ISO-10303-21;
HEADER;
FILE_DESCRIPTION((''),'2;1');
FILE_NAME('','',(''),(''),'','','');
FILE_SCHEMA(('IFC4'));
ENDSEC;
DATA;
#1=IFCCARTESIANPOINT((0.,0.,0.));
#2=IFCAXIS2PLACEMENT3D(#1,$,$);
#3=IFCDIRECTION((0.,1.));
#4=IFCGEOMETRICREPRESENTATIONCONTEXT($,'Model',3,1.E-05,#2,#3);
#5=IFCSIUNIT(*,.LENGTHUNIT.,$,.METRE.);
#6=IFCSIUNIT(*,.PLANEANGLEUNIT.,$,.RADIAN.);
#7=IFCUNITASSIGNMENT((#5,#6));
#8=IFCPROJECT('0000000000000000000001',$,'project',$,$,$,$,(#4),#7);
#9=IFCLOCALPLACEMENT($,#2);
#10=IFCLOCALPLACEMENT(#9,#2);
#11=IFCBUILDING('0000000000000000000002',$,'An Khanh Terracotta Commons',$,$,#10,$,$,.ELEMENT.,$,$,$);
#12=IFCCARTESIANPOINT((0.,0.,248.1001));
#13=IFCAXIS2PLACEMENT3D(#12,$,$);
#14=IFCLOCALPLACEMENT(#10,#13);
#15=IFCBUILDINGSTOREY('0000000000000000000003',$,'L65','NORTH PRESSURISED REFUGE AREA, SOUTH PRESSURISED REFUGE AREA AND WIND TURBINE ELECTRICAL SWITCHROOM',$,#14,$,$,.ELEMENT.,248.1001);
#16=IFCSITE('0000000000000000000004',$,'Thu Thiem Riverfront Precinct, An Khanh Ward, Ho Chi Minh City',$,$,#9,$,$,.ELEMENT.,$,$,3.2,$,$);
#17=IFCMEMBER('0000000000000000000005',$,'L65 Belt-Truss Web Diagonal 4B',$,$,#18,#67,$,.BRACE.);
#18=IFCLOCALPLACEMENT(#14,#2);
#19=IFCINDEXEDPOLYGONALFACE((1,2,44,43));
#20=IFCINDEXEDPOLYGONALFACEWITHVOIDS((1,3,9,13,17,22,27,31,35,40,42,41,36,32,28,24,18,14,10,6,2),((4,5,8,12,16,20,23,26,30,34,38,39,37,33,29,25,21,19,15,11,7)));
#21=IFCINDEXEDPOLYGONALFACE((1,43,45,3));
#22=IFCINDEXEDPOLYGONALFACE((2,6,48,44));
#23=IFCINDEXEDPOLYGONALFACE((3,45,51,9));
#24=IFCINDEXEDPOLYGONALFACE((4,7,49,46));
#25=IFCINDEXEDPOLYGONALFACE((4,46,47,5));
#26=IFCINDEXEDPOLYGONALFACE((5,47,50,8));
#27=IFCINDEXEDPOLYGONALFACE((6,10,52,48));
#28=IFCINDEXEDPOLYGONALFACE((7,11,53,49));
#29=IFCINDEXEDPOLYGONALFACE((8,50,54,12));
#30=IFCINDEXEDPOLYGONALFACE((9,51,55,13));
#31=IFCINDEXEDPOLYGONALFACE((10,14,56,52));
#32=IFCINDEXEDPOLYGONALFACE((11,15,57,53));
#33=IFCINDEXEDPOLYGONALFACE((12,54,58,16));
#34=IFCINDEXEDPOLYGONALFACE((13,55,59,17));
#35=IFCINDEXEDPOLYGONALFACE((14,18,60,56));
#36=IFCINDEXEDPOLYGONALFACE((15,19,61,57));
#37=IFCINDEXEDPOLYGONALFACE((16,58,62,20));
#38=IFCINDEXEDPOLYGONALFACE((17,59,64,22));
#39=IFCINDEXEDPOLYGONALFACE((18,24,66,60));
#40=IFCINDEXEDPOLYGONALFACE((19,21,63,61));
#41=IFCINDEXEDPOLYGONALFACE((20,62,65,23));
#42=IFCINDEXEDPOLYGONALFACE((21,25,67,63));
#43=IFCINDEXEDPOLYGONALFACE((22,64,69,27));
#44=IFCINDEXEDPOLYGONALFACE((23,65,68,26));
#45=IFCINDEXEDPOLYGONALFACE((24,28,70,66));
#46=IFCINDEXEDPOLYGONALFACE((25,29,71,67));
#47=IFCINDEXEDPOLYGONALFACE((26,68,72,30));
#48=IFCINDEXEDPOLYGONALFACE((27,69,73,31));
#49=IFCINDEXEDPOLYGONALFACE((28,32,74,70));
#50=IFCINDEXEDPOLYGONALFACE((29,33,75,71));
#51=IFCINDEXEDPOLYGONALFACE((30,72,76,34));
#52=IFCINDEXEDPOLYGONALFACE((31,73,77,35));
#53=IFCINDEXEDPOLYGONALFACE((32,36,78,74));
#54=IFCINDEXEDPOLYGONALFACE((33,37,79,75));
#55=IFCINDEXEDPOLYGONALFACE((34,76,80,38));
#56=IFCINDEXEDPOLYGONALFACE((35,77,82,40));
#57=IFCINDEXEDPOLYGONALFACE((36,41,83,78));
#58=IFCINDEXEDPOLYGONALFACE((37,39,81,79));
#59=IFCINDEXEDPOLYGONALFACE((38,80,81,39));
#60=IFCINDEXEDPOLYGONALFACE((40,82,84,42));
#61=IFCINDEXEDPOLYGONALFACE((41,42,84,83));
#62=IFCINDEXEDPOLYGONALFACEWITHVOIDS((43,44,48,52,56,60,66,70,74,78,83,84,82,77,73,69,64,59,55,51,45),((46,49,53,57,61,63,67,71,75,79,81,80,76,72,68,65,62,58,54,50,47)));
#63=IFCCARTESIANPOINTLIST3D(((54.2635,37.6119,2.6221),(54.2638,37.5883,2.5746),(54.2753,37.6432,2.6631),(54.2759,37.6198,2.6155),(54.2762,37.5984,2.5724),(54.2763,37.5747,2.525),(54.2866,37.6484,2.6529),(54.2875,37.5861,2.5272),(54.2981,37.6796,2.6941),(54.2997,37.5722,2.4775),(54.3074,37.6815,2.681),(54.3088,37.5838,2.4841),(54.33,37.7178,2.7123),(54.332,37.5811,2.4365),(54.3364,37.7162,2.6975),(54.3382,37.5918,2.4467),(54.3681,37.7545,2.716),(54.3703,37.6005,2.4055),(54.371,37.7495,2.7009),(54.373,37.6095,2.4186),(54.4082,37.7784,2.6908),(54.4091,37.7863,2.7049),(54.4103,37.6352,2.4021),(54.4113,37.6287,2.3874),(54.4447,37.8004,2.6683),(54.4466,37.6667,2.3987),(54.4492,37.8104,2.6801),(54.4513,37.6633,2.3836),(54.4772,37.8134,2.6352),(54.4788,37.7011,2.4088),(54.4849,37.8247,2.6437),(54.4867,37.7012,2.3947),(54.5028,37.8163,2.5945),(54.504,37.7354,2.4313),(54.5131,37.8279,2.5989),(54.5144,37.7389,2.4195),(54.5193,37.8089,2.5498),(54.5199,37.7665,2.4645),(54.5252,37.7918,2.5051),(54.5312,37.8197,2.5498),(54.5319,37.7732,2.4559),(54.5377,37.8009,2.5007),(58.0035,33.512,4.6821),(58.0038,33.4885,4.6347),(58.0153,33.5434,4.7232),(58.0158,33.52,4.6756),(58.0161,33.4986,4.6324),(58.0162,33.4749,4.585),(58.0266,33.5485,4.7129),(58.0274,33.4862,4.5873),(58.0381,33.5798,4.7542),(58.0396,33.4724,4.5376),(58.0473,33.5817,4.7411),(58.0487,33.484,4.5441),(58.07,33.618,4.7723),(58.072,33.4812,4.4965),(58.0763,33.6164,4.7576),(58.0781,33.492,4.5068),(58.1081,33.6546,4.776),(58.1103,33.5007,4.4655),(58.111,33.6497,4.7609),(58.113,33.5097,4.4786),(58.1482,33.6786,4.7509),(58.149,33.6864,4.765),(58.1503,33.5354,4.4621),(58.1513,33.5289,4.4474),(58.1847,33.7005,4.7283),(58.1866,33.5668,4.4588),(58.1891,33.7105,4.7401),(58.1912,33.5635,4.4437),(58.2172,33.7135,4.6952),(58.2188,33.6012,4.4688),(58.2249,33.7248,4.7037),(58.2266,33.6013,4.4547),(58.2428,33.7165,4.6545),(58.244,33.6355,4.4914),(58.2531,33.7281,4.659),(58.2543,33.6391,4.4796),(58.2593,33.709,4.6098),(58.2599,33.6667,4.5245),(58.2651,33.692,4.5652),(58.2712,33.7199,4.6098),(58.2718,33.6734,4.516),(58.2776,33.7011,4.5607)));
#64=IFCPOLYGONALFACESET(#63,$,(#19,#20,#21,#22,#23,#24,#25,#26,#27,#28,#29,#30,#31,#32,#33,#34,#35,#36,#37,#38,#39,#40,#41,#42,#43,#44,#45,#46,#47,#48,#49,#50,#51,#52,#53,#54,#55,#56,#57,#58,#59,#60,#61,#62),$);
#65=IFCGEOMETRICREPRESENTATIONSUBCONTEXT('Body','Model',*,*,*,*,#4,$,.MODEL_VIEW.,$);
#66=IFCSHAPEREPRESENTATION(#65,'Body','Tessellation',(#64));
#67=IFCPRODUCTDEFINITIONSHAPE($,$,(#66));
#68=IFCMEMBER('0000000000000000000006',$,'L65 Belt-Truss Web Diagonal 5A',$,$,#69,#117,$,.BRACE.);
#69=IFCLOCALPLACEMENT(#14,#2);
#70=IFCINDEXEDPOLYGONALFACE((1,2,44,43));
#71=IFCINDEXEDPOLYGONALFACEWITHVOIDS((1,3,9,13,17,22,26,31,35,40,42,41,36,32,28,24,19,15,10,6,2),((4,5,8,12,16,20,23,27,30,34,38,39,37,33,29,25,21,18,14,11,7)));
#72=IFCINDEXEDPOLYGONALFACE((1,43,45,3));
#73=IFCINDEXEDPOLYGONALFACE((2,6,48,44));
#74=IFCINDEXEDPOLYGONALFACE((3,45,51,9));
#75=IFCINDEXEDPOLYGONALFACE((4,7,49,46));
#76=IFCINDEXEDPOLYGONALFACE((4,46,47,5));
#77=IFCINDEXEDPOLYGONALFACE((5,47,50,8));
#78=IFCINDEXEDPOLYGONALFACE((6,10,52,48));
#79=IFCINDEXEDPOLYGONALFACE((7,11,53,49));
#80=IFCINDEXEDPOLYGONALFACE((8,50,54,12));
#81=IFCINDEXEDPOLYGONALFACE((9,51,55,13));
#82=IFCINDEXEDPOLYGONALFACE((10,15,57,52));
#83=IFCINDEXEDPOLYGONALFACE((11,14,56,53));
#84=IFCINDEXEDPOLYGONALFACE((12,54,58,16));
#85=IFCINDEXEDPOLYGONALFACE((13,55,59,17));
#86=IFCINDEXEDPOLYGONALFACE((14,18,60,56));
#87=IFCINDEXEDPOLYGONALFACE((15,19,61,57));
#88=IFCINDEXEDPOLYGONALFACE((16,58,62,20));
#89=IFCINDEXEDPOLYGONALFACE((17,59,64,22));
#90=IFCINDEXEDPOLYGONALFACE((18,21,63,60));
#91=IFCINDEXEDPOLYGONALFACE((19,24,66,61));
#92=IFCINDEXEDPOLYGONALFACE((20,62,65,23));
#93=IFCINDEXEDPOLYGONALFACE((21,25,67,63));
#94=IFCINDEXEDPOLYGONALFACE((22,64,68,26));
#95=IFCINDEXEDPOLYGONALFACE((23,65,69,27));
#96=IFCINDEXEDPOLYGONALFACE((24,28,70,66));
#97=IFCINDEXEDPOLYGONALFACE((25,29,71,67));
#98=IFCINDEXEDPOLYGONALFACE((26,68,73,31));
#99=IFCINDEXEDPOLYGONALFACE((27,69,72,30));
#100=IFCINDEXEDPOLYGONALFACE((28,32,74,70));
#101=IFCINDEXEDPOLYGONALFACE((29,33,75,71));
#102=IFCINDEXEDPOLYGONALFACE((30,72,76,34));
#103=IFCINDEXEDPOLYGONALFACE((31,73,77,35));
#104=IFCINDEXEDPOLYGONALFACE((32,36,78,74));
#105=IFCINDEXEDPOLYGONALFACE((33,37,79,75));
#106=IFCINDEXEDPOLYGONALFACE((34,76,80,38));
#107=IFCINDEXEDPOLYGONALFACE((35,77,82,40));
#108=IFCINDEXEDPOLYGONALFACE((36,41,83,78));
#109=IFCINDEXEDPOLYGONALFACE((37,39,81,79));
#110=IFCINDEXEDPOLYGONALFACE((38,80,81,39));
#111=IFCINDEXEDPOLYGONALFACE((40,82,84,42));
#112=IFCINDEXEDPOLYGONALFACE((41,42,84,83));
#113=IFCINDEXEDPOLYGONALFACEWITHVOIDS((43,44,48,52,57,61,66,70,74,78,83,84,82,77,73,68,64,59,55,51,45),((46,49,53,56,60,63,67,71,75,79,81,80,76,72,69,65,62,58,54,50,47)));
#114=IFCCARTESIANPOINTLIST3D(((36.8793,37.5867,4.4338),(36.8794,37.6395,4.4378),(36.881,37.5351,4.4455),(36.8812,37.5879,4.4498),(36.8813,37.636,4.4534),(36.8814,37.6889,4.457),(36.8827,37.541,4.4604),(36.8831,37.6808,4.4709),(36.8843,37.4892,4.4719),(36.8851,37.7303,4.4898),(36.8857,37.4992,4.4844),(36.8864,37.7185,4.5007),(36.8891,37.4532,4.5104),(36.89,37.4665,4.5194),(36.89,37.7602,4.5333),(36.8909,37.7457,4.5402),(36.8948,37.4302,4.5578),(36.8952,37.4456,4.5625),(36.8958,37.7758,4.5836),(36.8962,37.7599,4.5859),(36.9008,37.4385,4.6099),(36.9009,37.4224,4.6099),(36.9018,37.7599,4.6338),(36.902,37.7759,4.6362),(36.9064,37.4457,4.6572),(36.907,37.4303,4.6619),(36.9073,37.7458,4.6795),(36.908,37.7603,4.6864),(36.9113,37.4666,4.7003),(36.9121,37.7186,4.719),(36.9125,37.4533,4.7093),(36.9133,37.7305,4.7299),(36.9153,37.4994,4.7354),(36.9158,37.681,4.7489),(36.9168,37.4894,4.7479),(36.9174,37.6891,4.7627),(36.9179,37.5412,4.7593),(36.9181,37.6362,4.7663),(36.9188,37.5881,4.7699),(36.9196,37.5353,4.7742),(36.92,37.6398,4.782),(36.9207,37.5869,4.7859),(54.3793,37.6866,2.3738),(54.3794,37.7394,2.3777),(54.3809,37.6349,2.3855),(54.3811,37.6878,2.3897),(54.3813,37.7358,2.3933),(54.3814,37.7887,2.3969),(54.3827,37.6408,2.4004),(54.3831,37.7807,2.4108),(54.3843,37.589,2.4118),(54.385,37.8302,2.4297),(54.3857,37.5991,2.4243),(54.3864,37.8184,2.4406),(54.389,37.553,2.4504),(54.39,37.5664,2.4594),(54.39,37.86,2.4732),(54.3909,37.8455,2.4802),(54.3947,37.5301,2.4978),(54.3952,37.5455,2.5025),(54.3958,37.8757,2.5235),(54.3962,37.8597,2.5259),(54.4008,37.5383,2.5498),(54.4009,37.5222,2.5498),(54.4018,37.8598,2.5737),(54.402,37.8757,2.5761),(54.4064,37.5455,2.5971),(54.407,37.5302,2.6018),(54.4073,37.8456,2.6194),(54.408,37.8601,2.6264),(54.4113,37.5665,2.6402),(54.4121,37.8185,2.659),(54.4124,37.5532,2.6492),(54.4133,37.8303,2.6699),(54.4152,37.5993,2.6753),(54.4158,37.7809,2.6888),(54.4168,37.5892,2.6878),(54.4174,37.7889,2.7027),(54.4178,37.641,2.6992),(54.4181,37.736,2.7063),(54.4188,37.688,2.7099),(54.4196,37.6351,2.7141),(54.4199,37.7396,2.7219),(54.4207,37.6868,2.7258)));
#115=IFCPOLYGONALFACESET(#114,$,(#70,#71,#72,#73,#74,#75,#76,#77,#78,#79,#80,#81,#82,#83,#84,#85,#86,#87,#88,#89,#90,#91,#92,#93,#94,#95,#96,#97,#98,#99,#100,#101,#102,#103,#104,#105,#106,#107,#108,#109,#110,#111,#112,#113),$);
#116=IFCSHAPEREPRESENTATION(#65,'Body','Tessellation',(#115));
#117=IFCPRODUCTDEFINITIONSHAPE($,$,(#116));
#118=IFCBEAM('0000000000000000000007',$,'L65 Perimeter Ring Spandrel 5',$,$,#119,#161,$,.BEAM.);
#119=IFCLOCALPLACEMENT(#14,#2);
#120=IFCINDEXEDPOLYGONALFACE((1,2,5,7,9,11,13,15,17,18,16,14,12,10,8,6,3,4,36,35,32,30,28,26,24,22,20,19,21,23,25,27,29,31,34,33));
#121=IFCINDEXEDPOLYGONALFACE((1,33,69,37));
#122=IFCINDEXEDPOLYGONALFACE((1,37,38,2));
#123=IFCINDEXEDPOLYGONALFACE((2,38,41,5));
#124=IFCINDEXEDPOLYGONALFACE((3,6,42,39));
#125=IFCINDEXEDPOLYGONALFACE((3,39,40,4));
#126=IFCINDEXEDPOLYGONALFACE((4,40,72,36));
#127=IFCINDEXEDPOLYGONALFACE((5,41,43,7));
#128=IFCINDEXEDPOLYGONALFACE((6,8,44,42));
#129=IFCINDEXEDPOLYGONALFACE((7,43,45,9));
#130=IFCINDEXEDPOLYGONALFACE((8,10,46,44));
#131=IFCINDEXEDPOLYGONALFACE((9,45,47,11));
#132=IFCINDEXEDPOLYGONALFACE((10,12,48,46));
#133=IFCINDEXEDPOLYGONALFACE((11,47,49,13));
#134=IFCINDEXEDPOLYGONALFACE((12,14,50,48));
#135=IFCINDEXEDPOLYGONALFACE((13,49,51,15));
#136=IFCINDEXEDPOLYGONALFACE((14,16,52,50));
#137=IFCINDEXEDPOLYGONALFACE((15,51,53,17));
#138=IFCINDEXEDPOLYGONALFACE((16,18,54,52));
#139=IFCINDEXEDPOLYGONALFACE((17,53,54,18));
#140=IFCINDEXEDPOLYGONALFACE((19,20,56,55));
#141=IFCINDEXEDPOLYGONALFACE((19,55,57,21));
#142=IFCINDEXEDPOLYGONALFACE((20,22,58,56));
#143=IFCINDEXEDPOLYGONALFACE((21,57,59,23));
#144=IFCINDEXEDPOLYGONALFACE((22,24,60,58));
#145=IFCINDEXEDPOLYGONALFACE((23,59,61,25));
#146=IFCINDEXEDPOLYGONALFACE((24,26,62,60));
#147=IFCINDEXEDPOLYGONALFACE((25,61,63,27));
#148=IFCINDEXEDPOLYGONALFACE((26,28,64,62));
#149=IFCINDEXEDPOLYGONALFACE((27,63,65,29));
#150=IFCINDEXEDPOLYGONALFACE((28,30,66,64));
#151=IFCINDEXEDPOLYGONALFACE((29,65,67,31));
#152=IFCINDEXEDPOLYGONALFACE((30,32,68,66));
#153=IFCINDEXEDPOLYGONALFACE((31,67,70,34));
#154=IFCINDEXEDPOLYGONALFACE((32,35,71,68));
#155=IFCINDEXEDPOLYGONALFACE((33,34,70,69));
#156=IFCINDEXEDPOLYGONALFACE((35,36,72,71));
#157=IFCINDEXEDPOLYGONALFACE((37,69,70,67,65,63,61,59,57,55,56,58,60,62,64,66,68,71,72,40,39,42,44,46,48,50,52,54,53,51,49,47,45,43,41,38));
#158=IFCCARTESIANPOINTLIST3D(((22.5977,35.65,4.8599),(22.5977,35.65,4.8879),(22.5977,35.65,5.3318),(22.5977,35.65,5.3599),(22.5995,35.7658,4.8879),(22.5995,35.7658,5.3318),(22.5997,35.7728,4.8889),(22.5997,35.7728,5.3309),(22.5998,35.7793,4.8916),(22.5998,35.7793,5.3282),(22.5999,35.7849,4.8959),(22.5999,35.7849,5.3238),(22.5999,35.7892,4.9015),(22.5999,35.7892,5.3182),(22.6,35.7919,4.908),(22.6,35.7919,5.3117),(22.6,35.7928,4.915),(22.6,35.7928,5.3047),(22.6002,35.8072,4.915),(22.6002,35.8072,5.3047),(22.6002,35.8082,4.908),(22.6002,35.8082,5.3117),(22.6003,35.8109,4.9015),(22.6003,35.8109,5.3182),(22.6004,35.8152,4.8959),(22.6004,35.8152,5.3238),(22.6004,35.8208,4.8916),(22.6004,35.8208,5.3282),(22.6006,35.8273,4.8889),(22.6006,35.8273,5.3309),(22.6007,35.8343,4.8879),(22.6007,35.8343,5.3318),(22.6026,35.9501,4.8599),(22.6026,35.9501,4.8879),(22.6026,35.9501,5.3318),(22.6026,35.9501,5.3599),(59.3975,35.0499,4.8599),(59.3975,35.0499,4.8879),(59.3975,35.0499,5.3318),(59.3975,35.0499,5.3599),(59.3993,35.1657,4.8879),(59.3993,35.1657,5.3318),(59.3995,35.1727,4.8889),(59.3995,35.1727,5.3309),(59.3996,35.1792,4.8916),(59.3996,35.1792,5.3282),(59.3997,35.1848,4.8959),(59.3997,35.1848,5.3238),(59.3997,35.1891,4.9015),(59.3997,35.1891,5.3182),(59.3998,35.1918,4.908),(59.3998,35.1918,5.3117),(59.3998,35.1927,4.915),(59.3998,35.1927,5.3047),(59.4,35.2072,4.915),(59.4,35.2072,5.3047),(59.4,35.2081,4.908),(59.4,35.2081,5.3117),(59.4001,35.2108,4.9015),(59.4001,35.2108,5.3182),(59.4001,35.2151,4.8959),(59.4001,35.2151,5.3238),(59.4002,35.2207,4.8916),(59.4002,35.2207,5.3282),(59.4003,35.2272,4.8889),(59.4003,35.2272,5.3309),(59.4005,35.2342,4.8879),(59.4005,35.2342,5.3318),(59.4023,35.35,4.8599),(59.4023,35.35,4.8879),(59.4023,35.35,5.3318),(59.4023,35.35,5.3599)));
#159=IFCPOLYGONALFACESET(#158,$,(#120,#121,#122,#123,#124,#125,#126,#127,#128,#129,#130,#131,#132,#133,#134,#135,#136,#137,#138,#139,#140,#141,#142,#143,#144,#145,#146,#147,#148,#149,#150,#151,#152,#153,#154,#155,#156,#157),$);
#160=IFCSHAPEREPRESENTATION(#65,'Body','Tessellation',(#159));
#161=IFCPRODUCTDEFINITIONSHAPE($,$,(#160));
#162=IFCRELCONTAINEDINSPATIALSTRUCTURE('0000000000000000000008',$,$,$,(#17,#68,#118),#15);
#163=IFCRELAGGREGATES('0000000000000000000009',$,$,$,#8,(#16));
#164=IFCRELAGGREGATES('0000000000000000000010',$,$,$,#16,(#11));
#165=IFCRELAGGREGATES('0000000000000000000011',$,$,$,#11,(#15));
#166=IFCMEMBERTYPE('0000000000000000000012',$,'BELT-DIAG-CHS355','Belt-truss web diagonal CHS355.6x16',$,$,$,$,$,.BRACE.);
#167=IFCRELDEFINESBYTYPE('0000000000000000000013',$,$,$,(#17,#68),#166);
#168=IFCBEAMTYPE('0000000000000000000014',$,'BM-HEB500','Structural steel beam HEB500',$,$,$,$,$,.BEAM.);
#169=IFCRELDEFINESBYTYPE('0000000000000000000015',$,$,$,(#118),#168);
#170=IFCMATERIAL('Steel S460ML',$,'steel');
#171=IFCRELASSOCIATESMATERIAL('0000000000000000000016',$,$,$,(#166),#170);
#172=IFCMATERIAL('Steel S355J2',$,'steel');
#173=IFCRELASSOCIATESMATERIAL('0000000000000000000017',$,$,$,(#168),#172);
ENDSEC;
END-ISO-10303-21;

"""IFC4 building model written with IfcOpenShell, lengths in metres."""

from ifc_helpers import new_model, si_unit, direction, frame, origin, origin_2d, place, context, subcontext, project, spatial, hollow_circle, i_section, extrude, material, material_profile, profile_set, type_object, element, save


model = new_model("IFC4")

# Units and contexts
model_context = context("Model", 3, precision=1e-05, world=origin(), true_north=direction((0.0, 1.0)))
body_context = subcontext(model_context, "Body", "Model", "MODEL_VIEW")
ifc_project = project(units=[si_unit("LENGTHUNIT", "METRE"), si_unit("PLANEANGLEUNIT", "RADIAN")], contexts=[model_context])

# Site, building, storey
site_placement = place(None, origin())
site = spatial("IfcSite", under=ifc_project, at=site_placement, Name="Thu Thiem Riverfront Precinct, An Khanh Ward, Ho Chi Minh City", CompositionType="ELEMENT", RefElevation=3.2)
building_placement = place(site_placement, origin())
building = spatial("IfcBuilding", under=site, at=building_placement, Name="An Khanh Terracotta Commons", CompositionType="ELEMENT")
storey_placement = place(building_placement, frame((0.0, 0.0, 248.1001)))
storey = spatial("IfcBuildingStorey", under=building, at=storey_placement, Name="L65", Description="NORTH PRESSURISED REFUGE AREA, SOUTH PRESSURISED REFUGE AREA AND WIND TURBINE ELECTRICAL SWITCHROOM", CompositionType="ELEMENT", Elevation=248.1001)

# Members
ifc_material_1 = material(Name="Steel S460ML", Category="steel")
ifc_material_profile_1 = material_profile(ifc_material_1, hollow_circle(Radius=0.1777, WallThickness=0.0161, at=origin_2d()), Name="CHS355.6x16")
ifc_profile_set_1 = profile_set([ifc_material_profile_1], Name="Steel S460ML")
member_type_1 = type_object("IfcMemberType", Name="BELT-DIAG-CHS355", Description="Belt-truss web diagonal CHS355.6x16", PredefinedType="BRACE", material=ifc_profile_set_1)
member_1_placement = place(storey_placement, frame((54.3999, 37.7, 2.5498), z_axis=(0.631811, -0.692604, 0.348014), x_axis=(0.738786, 0.67394, 0.0)))
element("IfcMember", 1, at=member_1_placement, inside=storey, type_object=member_type_1, Name="L65 Belt-Truss Web Diagonal 4B", PredefinedType="BRACE", context=body_context, shape_type="SweptSolid", body=[
    extrude(hollow_circle(Radius=0.1777, WallThickness=0.0161, at=origin_2d()), origin(), (0.0, 0.0, 1.0), 5.9194),
])
member_2_placement = place(storey_placement, frame((54.3999, 37.7, 2.5498), z_axis=(-0.993127, -0.005667, 0.116909), x_axis=(0.005706, -0.999984, 0.0)))
element("IfcMember", 2, at=member_2_placement, inside=storey, type_object=member_type_1, Name="L65 Belt-Truss Web Diagonal 5A", PredefinedType="BRACE", context=body_context, shape_type="SweptSolid", body=[
    extrude(hollow_circle(Radius=0.1777, WallThickness=0.0161, at=origin_2d()), origin(), (0.0, 0.0, 1.0), 17.6211),
])

# Beam
ifc_material_2 = material(Name="Steel S355J2", Category="steel")
ifc_material_profile_2 = material_profile(ifc_material_2, i_section(OverallWidth=0.3, OverallDepth=0.5, WebThickness=0.0144, FlangeThickness=0.0281, FilletRadius=0.0271, at=origin_2d()), Name="HEB500")
ifc_profile_set_2 = profile_set([ifc_material_profile_2], Name="Steel S355J2")
beam_type_1 = type_object("IfcBeamType", Name="BM-HEB500", Description="Structural steel beam HEB500", PredefinedType="BEAM", material=ifc_profile_set_2)
beam_1_placement = place(storey_placement, frame((59.3999, 35.2, 5.1099), z_axis=(-0.999867, 0.016305, 0.0), x_axis=(-0.016305, -0.999867, 0.0)))
element("IfcBeam", 3, at=beam_1_placement, inside=storey, type_object=beam_type_1, Name="L65 Perimeter Ring Spandrel 5", PredefinedType="BEAM", context=body_context, shape_type="SweptSolid", body=[
    extrude(i_section(OverallWidth=0.3, OverallDepth=0.5, WebThickness=0.0144, FlangeThickness=0.0281, FilletRadius=0.0271, at=origin_2d()), origin(), (0.0, 0.0, 1.0), 36.8047),
])

save(model, "model.ifc")
